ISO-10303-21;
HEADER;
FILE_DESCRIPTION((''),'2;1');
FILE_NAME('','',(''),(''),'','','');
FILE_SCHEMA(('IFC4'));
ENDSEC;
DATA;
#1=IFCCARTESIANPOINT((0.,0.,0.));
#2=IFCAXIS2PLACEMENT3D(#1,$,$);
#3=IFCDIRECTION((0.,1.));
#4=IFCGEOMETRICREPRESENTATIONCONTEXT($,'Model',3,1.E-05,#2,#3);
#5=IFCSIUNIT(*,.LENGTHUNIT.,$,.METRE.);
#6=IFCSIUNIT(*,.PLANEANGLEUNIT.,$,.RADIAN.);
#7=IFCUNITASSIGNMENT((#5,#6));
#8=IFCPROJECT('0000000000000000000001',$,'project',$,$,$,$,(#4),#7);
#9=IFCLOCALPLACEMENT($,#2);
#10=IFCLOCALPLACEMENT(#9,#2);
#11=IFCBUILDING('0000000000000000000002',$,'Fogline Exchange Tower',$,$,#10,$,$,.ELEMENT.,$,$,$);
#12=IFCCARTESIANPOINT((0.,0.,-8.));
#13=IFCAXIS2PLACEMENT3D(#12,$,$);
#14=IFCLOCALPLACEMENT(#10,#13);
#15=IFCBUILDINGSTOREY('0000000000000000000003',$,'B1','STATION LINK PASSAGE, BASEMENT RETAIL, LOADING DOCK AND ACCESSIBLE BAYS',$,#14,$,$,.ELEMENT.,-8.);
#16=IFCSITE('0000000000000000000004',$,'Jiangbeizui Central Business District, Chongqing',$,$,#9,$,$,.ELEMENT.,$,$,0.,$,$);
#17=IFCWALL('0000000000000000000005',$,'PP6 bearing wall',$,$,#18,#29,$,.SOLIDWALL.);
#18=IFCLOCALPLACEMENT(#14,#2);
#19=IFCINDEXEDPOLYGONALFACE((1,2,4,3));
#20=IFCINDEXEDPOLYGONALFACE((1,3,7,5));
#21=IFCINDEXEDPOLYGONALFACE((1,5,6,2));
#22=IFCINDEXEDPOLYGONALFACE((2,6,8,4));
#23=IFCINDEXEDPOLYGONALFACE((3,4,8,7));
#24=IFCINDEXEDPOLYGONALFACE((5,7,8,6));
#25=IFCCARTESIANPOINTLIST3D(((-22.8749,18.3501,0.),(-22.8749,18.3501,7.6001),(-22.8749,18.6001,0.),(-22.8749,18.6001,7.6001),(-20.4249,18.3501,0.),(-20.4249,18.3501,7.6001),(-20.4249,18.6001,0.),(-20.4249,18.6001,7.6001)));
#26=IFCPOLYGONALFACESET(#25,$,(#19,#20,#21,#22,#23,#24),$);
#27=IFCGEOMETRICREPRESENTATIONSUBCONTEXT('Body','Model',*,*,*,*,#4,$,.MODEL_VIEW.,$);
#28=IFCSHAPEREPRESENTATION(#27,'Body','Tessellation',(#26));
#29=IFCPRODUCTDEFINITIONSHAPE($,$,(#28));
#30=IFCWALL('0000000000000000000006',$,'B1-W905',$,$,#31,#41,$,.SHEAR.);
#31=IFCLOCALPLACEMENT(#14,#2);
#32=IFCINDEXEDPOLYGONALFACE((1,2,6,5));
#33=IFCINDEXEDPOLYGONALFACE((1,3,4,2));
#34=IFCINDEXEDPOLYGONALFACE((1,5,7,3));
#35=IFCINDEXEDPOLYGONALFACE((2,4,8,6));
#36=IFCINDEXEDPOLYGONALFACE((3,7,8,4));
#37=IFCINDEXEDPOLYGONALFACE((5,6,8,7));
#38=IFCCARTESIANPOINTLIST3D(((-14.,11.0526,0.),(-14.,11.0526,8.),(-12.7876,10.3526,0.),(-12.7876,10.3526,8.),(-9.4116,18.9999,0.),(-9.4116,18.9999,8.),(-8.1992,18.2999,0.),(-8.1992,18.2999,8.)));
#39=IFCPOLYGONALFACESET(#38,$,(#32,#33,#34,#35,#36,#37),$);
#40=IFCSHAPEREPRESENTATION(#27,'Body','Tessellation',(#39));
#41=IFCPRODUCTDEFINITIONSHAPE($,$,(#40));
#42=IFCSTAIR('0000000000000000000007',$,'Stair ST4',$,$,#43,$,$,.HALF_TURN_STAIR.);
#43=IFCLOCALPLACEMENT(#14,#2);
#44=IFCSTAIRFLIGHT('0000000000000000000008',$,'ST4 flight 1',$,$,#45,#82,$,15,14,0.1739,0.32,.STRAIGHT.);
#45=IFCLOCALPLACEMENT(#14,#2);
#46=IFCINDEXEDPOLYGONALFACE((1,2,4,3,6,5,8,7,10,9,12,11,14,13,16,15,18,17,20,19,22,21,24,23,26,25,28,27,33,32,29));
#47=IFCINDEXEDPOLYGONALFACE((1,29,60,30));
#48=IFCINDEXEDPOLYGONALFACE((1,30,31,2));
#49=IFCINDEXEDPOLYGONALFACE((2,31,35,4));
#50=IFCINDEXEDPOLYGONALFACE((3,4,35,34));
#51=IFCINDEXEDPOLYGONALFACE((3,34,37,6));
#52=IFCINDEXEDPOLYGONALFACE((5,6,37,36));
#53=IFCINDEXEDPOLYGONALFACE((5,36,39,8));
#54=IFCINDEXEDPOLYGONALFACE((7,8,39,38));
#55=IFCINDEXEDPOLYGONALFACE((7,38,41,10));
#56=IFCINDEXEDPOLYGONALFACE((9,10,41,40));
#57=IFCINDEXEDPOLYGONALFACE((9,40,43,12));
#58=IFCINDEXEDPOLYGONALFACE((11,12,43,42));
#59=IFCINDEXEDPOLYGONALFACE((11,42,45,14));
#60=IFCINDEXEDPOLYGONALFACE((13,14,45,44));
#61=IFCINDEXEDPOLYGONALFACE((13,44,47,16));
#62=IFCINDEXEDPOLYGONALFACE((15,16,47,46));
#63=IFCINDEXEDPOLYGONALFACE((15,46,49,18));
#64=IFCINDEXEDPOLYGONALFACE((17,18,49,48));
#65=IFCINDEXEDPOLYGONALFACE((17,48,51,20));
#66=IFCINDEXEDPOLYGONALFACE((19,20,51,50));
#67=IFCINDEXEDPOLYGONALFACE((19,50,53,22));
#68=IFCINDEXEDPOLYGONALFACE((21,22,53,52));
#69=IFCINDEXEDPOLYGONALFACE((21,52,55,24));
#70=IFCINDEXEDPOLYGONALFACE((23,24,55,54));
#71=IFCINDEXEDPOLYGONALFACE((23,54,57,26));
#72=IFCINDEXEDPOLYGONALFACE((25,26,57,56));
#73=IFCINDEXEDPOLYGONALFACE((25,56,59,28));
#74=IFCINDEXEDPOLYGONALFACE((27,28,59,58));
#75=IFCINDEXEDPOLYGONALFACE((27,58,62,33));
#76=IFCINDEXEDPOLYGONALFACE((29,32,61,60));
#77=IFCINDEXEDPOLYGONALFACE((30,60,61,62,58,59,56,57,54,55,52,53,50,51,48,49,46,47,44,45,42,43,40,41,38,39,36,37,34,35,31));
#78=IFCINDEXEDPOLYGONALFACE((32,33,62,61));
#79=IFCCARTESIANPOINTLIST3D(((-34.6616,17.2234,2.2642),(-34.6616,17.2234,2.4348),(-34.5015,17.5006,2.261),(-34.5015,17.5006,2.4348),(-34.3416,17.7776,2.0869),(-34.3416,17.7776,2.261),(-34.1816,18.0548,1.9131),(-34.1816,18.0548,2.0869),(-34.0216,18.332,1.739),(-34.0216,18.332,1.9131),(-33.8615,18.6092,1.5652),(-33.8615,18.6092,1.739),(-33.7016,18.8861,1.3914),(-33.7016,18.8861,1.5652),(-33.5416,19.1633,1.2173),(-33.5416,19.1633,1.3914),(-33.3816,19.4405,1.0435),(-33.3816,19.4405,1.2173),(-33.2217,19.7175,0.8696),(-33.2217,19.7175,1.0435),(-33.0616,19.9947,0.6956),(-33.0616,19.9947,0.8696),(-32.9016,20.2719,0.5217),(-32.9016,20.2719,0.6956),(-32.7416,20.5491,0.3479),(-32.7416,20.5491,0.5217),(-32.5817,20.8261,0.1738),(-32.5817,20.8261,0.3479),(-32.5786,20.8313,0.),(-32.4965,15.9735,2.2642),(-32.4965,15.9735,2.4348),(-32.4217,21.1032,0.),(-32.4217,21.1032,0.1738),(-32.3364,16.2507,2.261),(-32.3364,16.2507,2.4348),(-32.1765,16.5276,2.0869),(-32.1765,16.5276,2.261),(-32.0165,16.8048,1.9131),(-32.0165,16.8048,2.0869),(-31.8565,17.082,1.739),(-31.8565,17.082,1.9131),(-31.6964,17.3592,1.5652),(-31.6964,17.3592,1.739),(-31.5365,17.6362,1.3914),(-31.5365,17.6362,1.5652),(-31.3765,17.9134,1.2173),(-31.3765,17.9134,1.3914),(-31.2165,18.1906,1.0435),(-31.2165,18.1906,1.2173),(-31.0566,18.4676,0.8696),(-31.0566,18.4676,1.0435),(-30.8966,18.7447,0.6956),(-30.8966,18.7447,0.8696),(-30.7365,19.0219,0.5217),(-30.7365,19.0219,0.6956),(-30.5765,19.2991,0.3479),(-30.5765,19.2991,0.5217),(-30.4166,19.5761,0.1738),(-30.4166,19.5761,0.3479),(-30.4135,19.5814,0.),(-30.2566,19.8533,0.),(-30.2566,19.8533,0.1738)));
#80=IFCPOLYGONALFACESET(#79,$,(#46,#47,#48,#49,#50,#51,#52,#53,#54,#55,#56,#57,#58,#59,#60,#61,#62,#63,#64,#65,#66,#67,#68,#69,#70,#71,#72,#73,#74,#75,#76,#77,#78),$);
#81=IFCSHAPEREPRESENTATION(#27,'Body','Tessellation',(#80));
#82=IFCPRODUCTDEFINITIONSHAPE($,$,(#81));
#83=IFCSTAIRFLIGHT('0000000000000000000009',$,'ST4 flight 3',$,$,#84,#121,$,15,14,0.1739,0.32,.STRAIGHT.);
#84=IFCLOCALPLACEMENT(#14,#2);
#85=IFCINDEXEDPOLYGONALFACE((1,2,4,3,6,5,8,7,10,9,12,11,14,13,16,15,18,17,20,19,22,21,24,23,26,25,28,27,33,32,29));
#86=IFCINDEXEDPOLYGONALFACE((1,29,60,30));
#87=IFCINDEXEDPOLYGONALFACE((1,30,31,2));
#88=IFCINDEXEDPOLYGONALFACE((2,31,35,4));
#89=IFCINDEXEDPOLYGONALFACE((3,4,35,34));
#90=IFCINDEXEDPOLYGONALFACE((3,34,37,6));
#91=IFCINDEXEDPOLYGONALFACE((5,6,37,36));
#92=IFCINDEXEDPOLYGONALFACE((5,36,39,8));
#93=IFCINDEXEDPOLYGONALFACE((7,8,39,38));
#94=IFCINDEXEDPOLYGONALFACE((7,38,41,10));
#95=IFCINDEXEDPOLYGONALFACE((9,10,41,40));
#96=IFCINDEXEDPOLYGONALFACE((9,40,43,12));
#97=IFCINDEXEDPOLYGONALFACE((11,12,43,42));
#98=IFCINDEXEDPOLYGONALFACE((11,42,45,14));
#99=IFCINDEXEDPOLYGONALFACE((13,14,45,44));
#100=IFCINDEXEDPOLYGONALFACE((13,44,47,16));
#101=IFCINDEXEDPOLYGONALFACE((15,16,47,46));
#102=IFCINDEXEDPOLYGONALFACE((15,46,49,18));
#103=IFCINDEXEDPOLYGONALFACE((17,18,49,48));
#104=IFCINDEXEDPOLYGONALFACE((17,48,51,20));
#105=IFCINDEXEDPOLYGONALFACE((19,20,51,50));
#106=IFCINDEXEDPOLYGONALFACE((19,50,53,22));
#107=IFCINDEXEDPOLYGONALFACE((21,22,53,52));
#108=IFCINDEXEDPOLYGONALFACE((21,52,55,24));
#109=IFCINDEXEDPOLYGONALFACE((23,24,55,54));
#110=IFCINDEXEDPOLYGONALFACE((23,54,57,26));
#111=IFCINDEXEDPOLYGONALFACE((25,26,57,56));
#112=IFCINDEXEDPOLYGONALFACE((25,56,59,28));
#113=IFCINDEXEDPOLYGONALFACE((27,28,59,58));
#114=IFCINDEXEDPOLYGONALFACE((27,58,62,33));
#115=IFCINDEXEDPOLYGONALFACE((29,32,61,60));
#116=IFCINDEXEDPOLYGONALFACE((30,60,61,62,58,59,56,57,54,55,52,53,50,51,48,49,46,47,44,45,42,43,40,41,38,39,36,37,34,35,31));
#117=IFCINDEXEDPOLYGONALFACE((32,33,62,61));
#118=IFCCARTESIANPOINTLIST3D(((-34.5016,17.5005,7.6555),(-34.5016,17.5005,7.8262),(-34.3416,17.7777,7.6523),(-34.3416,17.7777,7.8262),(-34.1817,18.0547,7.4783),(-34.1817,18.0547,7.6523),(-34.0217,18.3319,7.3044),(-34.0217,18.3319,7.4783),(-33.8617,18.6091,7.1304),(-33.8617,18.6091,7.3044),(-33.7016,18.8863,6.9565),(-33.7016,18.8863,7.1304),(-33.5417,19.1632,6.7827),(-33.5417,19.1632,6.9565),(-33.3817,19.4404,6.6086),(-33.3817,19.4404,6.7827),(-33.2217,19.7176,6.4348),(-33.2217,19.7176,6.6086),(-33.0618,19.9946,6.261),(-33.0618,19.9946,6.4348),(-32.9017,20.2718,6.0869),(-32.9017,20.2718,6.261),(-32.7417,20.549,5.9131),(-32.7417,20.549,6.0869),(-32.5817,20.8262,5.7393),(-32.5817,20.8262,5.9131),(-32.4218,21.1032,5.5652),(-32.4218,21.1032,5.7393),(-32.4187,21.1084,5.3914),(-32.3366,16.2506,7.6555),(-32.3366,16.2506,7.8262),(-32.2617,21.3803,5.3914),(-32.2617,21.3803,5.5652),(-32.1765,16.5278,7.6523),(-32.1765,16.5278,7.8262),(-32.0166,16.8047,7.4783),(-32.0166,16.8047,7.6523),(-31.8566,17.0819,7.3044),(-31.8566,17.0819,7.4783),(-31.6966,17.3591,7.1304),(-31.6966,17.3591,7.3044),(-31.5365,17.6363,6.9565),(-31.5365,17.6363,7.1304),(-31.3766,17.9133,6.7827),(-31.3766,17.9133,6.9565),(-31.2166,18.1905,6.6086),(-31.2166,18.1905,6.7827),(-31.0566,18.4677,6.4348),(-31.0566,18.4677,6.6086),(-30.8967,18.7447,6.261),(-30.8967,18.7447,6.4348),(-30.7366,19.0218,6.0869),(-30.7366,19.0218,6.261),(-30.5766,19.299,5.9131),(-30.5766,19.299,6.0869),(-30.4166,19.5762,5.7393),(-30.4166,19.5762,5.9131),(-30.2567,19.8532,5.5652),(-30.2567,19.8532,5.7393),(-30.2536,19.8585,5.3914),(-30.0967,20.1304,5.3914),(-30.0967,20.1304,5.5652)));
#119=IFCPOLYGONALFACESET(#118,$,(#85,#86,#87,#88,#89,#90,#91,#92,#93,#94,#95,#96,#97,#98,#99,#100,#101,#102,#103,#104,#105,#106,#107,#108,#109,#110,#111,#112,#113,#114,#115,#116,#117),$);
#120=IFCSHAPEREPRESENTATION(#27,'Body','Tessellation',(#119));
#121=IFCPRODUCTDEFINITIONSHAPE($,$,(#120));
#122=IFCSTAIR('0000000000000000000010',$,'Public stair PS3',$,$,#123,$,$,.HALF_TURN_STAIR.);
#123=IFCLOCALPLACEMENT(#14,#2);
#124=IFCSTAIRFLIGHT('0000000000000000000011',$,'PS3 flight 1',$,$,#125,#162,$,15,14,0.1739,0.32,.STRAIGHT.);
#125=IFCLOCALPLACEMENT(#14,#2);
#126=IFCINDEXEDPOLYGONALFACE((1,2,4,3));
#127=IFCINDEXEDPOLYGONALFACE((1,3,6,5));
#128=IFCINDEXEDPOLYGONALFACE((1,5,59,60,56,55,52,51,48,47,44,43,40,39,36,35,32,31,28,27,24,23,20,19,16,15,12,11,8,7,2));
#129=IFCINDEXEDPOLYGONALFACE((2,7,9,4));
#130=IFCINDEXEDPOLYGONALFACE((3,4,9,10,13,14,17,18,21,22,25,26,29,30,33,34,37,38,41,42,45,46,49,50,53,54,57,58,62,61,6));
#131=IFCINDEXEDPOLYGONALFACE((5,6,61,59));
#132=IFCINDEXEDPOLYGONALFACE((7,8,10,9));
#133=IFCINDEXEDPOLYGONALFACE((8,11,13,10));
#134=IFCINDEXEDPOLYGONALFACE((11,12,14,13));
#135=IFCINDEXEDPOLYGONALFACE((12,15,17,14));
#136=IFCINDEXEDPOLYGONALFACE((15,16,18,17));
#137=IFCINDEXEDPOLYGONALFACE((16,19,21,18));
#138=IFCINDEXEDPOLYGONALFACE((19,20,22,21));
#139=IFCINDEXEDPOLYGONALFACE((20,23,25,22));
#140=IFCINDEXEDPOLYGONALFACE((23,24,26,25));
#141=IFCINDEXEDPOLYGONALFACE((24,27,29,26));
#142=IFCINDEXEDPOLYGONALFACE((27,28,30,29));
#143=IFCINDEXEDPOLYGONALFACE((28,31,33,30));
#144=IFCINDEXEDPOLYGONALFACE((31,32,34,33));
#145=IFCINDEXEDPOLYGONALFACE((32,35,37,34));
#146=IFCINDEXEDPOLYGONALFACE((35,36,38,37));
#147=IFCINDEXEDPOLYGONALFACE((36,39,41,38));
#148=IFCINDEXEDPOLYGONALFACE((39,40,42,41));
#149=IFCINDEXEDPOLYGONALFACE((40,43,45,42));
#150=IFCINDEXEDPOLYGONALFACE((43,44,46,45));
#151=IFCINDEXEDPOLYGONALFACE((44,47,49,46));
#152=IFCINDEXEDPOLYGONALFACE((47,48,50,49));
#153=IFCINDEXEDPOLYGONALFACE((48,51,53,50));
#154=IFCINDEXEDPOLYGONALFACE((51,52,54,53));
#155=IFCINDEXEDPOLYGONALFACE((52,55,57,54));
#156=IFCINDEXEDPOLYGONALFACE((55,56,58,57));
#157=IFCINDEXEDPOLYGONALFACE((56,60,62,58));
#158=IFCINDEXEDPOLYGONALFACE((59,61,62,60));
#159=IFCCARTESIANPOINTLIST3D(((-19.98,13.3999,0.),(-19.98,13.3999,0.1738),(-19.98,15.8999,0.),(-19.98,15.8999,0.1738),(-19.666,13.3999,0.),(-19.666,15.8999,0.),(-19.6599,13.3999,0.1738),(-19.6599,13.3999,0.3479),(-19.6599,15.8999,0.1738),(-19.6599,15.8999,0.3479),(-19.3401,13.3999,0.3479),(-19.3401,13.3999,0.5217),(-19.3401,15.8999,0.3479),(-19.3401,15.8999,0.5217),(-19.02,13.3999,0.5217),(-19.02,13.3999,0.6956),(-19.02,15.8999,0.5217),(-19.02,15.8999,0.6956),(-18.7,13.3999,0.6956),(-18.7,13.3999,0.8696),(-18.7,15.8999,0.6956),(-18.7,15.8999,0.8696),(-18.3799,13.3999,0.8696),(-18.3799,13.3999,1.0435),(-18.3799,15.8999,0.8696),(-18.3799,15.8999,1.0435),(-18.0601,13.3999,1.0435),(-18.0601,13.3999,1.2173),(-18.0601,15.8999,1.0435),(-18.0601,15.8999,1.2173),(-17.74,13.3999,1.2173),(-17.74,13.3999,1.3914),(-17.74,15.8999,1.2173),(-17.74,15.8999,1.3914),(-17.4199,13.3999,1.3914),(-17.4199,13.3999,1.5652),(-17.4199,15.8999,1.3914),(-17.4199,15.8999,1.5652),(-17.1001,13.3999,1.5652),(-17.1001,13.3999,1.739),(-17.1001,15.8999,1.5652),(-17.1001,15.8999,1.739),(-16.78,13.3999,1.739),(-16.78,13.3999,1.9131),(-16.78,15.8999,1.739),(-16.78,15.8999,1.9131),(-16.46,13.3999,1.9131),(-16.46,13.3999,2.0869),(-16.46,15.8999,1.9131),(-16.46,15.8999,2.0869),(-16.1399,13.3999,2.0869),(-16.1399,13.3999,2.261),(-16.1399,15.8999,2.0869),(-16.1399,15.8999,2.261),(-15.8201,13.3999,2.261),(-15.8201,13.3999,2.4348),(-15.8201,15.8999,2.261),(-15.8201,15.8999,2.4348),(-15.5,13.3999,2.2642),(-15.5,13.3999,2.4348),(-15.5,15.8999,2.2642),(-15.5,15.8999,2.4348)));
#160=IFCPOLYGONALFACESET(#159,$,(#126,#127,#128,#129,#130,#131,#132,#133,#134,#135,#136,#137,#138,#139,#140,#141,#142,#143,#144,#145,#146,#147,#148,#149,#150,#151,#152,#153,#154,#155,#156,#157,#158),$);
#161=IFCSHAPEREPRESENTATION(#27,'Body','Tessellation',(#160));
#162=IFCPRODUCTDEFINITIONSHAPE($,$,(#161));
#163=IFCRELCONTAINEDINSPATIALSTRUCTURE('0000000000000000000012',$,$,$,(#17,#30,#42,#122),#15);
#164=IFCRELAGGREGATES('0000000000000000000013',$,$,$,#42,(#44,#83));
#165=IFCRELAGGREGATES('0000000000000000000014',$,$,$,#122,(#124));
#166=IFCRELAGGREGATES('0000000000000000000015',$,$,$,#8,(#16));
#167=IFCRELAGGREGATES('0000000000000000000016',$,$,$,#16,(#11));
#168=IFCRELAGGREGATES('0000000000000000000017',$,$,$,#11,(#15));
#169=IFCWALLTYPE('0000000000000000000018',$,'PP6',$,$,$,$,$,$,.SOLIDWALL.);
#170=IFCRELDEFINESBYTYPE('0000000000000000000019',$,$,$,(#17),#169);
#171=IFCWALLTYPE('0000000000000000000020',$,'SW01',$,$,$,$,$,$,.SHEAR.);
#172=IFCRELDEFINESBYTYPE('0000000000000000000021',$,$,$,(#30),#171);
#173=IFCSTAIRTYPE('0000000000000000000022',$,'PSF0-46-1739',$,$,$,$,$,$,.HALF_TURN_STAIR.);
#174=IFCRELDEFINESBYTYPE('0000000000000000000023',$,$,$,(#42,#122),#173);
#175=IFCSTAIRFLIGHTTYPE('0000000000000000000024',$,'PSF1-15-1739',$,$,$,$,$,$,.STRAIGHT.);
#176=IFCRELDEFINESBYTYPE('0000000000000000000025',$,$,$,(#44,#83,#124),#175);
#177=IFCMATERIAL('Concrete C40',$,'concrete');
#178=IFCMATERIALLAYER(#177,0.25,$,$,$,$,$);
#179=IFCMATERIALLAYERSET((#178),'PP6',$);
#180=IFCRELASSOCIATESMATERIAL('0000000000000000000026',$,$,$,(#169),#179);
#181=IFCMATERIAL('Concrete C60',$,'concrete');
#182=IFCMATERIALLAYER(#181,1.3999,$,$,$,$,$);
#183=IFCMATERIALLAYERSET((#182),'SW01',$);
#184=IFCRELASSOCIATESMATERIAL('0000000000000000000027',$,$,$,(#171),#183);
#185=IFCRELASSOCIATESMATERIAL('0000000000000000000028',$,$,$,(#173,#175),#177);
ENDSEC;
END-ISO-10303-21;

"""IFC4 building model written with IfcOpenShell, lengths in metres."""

from ifc_helpers import new_model, si_unit, direction, frame, frame_2d, origin, place, context, subcontext, project, spatial, polyline, rectangle, outline, extrude, material, layer, layer_set, type_object, element, aggregate, save


model = new_model("IFC4")

# Units and contexts
model_context = context("Model", 3, precision=1e-05, world=origin(), true_north=direction((0.0, 1.0)))
body_context = subcontext(model_context, "Body", "Model", "MODEL_VIEW")
ifc_project = project(units=[si_unit("LENGTHUNIT", "METRE"), si_unit("PLANEANGLEUNIT", "RADIAN")], contexts=[model_context])

# Site, building, storey
site_placement = place(None, origin())
site = spatial("IfcSite", under=ifc_project, at=site_placement, Name="Jiangbeizui Central Business District, Chongqing", CompositionType="ELEMENT", RefElevation=0.0)
building_placement = place(site_placement, origin())
building = spatial("IfcBuilding", under=site, at=building_placement, Name="Fogline Exchange Tower", CompositionType="ELEMENT")
storey_placement = place(building_placement, frame((0.0, 0.0, -8.0)))
storey = spatial("IfcBuildingStorey", under=building, at=storey_placement, Name="B1", Description="STATION LINK PASSAGE, BASEMENT RETAIL, LOADING DOCK AND ACCESSIBLE BAYS", CompositionType="ELEMENT", Elevation=-8.0)

# Shared definitions
ifc_material_1 = material(Name="Concrete C40", Category="concrete")

# Walls
ifc_layer_1 = layer(ifc_material_1, 0.25)
ifc_layer_set_1 = layer_set([ifc_layer_1], Name="PP6")
wall_type_1 = type_object("IfcWallType", Name="PP6", PredefinedType="SOLIDWALL", material=ifc_layer_set_1)
wall_1_placement = place(storey_placement, frame((-22.875, 18.4751, 0.0), z_axis=(0.0, 0.0, 1.0), x_axis=(1.0, 0.0, 0.0)))
element("IfcWall", 1, at=wall_1_placement, inside=storey, type_object=wall_type_1, Name="PP6 bearing wall", PredefinedType="SOLIDWALL", context=body_context, shape_type="SweptSolid", body=[
    extrude(rectangle(XDim=2.45, YDim=0.25, at=frame_2d((1.2251, 0.0))), origin(), (0.0, 0.0, 1.0), 7.6001),
])
ifc_material_2 = material(Name="Concrete C60", Category="concrete")
ifc_layer_2 = layer(ifc_material_2, 1.3999)
ifc_layer_set_2 = layer_set([ifc_layer_2], Name="SW01")
wall_type_2 = type_object("IfcWallType", Name="SW01", PredefinedType="SHEAR", material=ifc_layer_set_2)
wall_2_placement = place(storey_placement, frame((-8.8054, 18.6499, 0.0), z_axis=(0.0, 0.0, 1.0), x_axis=(-0.500002, -0.866024, 0.0)))
element("IfcWall", 2, at=wall_2_placement, inside=storey, type_object=wall_type_2, Name="B1-W905", PredefinedType="SHEAR", context=body_context, shape_type="SweptSolid", body=[
    extrude(rectangle(XDim=9.1768, YDim=1.3999, at=frame_2d((4.5884, 0.0))), origin(), (0.0, 0.0, 1.0), 8.0),
])

# Stairs, stair flights
stair_type = type_object("IfcStairType", Name="PSF0-46-1739", PredefinedType="HALF_TURN_STAIR", material=ifc_material_1)
stair_1_placement = place(storey_placement, origin())
stair_1 = element("IfcStair", 3, at=stair_1_placement, inside=storey, type_object=stair_type, Name="Stair ST4", PredefinedType="HALF_TURN_STAIR")
stair_flight_type_1 = type_object("IfcStairFlightType", Name="PSF1-15-1739", PredefinedType="STRAIGHT", material=ifc_material_1)
stair_flight_1_placement = place(storey_placement, frame((-31.3391, 20.4783, 0.0), z_axis=(0.0, 0.0, 1.0), x_axis=(-0.499979, -0.866037, 0.0)))
stair_flight_1 = element("IfcStairFlight", 4, at=stair_flight_1_placement, type_object=stair_flight_type_1, Name="ST4 flight 1", NumberOfRisers=15, NumberOfTreads=14, PredefinedType="STRAIGHT", RiserHeight=0.1739, TreadLength=0.32, context=body_context, shape_type="SweptSolid", body=[
    extrude(outline(polyline([(0.0, 0.0), (0.0, 0.1738), (0.3201, 0.1738), (0.3201, 0.3479), (0.6399, 0.3479), (0.6399, 0.5217), (0.96, 0.5217), (0.96, 0.6956), (1.28, 0.6956), (1.28, 0.8696), (1.6001, 0.8696), (1.6001, 1.0435), (1.9199, 1.0435), (1.9199, 1.2173), (2.24, 1.2173), (2.24, 1.3914), (2.5601, 1.3914), (2.5601, 1.5652), (2.8799, 1.5652), (2.8799, 1.739), (3.2, 1.739), (3.2, 1.9131), (3.52, 1.9131), (3.52, 2.0869), (3.8401, 2.0869), (3.8401, 2.261), (4.1599, 2.261), (4.1599, 2.4348), (4.48, 2.4348), (4.48, 2.6086), (4.48, 2.2642), (0.314, 0.0), (0.0, 0.0)])), frame((0.0, 1.25, 0.0), z_axis=(0.0, -1.0, 0.0), x_axis=(1.0, 0.0, 0.0)), (0.0, 0.0, 1.0), 2.5),
])
stair_flight_2_placement = place(storey_placement, frame((-31.1792, 20.7554, 5.3914), z_axis=(0.0, 0.0, 1.0), x_axis=(-0.499979, -0.866037, 0.0)))
stair_flight_2 = element("IfcStairFlight", 5, at=stair_flight_2_placement, type_object=stair_flight_type_1, Name="ST4 flight 3", NumberOfRisers=15, NumberOfTreads=14, PredefinedType="STRAIGHT", RiserHeight=0.1739, TreadLength=0.32, context=body_context, shape_type="SweptSolid", body=[
    extrude(outline(polyline([(0.0, 0.0), (0.0, 0.1738), (0.3201, 0.1738), (0.3201, 0.3479), (0.6399, 0.3479), (0.6399, 0.5217), (0.96, 0.5217), (0.96, 0.6956), (1.28, 0.6956), (1.28, 0.8696), (1.6001, 0.8696), (1.6001, 1.0435), (1.9199, 1.0435), (1.9199, 1.2173), (2.24, 1.2173), (2.24, 1.3914), (2.5601, 1.3914), (2.5601, 1.5652), (2.8799, 1.5652), (2.8799, 1.739), (3.2, 1.739), (3.2, 1.9131), (3.52, 1.9131), (3.52, 2.0869), (3.8401, 2.0869), (3.8401, 2.261), (4.1599, 2.261), (4.1599, 2.4348), (4.48, 2.4348), (4.48, 2.6086), (4.48, 2.2642), (0.314, 0.0), (0.0, 0.0)])), frame((0.0, 1.25, 0.0), z_axis=(0.0, -1.0, 0.0), x_axis=(1.0, 0.0, 0.0)), (0.0, 0.0, 1.0), 2.5),
])
stair_2_placement = place(storey_placement, origin())
stair_2 = element("IfcStair", 6, at=stair_2_placement, inside=storey, type_object=stair_type, Name="Public stair PS3", PredefinedType="HALF_TURN_STAIR")
stair_flight_3_placement = place(storey_placement, frame((-19.98, 14.6499, 0.0), z_axis=(0.0, 0.0, 1.0), x_axis=(1.0, 0.0, 0.0)))
stair_flight_3 = element("IfcStairFlight", 7, at=stair_flight_3_placement, type_object=stair_flight_type_1, Name="PS3 flight 1", NumberOfRisers=15, NumberOfTreads=14, PredefinedType="STRAIGHT", RiserHeight=0.1739, TreadLength=0.32, context=body_context, shape_type="SweptSolid", body=[
    extrude(outline(polyline([(0.0, 0.0), (0.0, 0.1738), (0.3201, 0.1738), (0.3201, 0.3479), (0.6399, 0.3479), (0.6399, 0.5217), (0.96, 0.5217), (0.96, 0.6956), (1.28, 0.6956), (1.28, 0.8696), (1.6001, 0.8696), (1.6001, 1.0435), (1.9199, 1.0435), (1.9199, 1.2173), (2.24, 1.2173), (2.24, 1.3914), (2.5601, 1.3914), (2.5601, 1.5652), (2.8799, 1.5652), (2.8799, 1.739), (3.2, 1.739), (3.2, 1.9131), (3.52, 1.9131), (3.52, 2.0869), (3.8401, 2.0869), (3.8401, 2.261), (4.1599, 2.261), (4.1599, 2.4348), (4.48, 2.4348), (4.48, 2.6086), (4.48, 2.2642), (0.314, 0.0), (0.0, 0.0)])), frame((0.0, 1.25, 0.0), z_axis=(0.0, -1.0, 0.0), x_axis=(1.0, 0.0, 0.0)), (0.0, 0.0, 1.0), 2.5),
])

aggregate(stair_1, [stair_flight_1, stair_flight_2])
aggregate(stair_2, [stair_flight_3])

save(model, "model.ifc")
